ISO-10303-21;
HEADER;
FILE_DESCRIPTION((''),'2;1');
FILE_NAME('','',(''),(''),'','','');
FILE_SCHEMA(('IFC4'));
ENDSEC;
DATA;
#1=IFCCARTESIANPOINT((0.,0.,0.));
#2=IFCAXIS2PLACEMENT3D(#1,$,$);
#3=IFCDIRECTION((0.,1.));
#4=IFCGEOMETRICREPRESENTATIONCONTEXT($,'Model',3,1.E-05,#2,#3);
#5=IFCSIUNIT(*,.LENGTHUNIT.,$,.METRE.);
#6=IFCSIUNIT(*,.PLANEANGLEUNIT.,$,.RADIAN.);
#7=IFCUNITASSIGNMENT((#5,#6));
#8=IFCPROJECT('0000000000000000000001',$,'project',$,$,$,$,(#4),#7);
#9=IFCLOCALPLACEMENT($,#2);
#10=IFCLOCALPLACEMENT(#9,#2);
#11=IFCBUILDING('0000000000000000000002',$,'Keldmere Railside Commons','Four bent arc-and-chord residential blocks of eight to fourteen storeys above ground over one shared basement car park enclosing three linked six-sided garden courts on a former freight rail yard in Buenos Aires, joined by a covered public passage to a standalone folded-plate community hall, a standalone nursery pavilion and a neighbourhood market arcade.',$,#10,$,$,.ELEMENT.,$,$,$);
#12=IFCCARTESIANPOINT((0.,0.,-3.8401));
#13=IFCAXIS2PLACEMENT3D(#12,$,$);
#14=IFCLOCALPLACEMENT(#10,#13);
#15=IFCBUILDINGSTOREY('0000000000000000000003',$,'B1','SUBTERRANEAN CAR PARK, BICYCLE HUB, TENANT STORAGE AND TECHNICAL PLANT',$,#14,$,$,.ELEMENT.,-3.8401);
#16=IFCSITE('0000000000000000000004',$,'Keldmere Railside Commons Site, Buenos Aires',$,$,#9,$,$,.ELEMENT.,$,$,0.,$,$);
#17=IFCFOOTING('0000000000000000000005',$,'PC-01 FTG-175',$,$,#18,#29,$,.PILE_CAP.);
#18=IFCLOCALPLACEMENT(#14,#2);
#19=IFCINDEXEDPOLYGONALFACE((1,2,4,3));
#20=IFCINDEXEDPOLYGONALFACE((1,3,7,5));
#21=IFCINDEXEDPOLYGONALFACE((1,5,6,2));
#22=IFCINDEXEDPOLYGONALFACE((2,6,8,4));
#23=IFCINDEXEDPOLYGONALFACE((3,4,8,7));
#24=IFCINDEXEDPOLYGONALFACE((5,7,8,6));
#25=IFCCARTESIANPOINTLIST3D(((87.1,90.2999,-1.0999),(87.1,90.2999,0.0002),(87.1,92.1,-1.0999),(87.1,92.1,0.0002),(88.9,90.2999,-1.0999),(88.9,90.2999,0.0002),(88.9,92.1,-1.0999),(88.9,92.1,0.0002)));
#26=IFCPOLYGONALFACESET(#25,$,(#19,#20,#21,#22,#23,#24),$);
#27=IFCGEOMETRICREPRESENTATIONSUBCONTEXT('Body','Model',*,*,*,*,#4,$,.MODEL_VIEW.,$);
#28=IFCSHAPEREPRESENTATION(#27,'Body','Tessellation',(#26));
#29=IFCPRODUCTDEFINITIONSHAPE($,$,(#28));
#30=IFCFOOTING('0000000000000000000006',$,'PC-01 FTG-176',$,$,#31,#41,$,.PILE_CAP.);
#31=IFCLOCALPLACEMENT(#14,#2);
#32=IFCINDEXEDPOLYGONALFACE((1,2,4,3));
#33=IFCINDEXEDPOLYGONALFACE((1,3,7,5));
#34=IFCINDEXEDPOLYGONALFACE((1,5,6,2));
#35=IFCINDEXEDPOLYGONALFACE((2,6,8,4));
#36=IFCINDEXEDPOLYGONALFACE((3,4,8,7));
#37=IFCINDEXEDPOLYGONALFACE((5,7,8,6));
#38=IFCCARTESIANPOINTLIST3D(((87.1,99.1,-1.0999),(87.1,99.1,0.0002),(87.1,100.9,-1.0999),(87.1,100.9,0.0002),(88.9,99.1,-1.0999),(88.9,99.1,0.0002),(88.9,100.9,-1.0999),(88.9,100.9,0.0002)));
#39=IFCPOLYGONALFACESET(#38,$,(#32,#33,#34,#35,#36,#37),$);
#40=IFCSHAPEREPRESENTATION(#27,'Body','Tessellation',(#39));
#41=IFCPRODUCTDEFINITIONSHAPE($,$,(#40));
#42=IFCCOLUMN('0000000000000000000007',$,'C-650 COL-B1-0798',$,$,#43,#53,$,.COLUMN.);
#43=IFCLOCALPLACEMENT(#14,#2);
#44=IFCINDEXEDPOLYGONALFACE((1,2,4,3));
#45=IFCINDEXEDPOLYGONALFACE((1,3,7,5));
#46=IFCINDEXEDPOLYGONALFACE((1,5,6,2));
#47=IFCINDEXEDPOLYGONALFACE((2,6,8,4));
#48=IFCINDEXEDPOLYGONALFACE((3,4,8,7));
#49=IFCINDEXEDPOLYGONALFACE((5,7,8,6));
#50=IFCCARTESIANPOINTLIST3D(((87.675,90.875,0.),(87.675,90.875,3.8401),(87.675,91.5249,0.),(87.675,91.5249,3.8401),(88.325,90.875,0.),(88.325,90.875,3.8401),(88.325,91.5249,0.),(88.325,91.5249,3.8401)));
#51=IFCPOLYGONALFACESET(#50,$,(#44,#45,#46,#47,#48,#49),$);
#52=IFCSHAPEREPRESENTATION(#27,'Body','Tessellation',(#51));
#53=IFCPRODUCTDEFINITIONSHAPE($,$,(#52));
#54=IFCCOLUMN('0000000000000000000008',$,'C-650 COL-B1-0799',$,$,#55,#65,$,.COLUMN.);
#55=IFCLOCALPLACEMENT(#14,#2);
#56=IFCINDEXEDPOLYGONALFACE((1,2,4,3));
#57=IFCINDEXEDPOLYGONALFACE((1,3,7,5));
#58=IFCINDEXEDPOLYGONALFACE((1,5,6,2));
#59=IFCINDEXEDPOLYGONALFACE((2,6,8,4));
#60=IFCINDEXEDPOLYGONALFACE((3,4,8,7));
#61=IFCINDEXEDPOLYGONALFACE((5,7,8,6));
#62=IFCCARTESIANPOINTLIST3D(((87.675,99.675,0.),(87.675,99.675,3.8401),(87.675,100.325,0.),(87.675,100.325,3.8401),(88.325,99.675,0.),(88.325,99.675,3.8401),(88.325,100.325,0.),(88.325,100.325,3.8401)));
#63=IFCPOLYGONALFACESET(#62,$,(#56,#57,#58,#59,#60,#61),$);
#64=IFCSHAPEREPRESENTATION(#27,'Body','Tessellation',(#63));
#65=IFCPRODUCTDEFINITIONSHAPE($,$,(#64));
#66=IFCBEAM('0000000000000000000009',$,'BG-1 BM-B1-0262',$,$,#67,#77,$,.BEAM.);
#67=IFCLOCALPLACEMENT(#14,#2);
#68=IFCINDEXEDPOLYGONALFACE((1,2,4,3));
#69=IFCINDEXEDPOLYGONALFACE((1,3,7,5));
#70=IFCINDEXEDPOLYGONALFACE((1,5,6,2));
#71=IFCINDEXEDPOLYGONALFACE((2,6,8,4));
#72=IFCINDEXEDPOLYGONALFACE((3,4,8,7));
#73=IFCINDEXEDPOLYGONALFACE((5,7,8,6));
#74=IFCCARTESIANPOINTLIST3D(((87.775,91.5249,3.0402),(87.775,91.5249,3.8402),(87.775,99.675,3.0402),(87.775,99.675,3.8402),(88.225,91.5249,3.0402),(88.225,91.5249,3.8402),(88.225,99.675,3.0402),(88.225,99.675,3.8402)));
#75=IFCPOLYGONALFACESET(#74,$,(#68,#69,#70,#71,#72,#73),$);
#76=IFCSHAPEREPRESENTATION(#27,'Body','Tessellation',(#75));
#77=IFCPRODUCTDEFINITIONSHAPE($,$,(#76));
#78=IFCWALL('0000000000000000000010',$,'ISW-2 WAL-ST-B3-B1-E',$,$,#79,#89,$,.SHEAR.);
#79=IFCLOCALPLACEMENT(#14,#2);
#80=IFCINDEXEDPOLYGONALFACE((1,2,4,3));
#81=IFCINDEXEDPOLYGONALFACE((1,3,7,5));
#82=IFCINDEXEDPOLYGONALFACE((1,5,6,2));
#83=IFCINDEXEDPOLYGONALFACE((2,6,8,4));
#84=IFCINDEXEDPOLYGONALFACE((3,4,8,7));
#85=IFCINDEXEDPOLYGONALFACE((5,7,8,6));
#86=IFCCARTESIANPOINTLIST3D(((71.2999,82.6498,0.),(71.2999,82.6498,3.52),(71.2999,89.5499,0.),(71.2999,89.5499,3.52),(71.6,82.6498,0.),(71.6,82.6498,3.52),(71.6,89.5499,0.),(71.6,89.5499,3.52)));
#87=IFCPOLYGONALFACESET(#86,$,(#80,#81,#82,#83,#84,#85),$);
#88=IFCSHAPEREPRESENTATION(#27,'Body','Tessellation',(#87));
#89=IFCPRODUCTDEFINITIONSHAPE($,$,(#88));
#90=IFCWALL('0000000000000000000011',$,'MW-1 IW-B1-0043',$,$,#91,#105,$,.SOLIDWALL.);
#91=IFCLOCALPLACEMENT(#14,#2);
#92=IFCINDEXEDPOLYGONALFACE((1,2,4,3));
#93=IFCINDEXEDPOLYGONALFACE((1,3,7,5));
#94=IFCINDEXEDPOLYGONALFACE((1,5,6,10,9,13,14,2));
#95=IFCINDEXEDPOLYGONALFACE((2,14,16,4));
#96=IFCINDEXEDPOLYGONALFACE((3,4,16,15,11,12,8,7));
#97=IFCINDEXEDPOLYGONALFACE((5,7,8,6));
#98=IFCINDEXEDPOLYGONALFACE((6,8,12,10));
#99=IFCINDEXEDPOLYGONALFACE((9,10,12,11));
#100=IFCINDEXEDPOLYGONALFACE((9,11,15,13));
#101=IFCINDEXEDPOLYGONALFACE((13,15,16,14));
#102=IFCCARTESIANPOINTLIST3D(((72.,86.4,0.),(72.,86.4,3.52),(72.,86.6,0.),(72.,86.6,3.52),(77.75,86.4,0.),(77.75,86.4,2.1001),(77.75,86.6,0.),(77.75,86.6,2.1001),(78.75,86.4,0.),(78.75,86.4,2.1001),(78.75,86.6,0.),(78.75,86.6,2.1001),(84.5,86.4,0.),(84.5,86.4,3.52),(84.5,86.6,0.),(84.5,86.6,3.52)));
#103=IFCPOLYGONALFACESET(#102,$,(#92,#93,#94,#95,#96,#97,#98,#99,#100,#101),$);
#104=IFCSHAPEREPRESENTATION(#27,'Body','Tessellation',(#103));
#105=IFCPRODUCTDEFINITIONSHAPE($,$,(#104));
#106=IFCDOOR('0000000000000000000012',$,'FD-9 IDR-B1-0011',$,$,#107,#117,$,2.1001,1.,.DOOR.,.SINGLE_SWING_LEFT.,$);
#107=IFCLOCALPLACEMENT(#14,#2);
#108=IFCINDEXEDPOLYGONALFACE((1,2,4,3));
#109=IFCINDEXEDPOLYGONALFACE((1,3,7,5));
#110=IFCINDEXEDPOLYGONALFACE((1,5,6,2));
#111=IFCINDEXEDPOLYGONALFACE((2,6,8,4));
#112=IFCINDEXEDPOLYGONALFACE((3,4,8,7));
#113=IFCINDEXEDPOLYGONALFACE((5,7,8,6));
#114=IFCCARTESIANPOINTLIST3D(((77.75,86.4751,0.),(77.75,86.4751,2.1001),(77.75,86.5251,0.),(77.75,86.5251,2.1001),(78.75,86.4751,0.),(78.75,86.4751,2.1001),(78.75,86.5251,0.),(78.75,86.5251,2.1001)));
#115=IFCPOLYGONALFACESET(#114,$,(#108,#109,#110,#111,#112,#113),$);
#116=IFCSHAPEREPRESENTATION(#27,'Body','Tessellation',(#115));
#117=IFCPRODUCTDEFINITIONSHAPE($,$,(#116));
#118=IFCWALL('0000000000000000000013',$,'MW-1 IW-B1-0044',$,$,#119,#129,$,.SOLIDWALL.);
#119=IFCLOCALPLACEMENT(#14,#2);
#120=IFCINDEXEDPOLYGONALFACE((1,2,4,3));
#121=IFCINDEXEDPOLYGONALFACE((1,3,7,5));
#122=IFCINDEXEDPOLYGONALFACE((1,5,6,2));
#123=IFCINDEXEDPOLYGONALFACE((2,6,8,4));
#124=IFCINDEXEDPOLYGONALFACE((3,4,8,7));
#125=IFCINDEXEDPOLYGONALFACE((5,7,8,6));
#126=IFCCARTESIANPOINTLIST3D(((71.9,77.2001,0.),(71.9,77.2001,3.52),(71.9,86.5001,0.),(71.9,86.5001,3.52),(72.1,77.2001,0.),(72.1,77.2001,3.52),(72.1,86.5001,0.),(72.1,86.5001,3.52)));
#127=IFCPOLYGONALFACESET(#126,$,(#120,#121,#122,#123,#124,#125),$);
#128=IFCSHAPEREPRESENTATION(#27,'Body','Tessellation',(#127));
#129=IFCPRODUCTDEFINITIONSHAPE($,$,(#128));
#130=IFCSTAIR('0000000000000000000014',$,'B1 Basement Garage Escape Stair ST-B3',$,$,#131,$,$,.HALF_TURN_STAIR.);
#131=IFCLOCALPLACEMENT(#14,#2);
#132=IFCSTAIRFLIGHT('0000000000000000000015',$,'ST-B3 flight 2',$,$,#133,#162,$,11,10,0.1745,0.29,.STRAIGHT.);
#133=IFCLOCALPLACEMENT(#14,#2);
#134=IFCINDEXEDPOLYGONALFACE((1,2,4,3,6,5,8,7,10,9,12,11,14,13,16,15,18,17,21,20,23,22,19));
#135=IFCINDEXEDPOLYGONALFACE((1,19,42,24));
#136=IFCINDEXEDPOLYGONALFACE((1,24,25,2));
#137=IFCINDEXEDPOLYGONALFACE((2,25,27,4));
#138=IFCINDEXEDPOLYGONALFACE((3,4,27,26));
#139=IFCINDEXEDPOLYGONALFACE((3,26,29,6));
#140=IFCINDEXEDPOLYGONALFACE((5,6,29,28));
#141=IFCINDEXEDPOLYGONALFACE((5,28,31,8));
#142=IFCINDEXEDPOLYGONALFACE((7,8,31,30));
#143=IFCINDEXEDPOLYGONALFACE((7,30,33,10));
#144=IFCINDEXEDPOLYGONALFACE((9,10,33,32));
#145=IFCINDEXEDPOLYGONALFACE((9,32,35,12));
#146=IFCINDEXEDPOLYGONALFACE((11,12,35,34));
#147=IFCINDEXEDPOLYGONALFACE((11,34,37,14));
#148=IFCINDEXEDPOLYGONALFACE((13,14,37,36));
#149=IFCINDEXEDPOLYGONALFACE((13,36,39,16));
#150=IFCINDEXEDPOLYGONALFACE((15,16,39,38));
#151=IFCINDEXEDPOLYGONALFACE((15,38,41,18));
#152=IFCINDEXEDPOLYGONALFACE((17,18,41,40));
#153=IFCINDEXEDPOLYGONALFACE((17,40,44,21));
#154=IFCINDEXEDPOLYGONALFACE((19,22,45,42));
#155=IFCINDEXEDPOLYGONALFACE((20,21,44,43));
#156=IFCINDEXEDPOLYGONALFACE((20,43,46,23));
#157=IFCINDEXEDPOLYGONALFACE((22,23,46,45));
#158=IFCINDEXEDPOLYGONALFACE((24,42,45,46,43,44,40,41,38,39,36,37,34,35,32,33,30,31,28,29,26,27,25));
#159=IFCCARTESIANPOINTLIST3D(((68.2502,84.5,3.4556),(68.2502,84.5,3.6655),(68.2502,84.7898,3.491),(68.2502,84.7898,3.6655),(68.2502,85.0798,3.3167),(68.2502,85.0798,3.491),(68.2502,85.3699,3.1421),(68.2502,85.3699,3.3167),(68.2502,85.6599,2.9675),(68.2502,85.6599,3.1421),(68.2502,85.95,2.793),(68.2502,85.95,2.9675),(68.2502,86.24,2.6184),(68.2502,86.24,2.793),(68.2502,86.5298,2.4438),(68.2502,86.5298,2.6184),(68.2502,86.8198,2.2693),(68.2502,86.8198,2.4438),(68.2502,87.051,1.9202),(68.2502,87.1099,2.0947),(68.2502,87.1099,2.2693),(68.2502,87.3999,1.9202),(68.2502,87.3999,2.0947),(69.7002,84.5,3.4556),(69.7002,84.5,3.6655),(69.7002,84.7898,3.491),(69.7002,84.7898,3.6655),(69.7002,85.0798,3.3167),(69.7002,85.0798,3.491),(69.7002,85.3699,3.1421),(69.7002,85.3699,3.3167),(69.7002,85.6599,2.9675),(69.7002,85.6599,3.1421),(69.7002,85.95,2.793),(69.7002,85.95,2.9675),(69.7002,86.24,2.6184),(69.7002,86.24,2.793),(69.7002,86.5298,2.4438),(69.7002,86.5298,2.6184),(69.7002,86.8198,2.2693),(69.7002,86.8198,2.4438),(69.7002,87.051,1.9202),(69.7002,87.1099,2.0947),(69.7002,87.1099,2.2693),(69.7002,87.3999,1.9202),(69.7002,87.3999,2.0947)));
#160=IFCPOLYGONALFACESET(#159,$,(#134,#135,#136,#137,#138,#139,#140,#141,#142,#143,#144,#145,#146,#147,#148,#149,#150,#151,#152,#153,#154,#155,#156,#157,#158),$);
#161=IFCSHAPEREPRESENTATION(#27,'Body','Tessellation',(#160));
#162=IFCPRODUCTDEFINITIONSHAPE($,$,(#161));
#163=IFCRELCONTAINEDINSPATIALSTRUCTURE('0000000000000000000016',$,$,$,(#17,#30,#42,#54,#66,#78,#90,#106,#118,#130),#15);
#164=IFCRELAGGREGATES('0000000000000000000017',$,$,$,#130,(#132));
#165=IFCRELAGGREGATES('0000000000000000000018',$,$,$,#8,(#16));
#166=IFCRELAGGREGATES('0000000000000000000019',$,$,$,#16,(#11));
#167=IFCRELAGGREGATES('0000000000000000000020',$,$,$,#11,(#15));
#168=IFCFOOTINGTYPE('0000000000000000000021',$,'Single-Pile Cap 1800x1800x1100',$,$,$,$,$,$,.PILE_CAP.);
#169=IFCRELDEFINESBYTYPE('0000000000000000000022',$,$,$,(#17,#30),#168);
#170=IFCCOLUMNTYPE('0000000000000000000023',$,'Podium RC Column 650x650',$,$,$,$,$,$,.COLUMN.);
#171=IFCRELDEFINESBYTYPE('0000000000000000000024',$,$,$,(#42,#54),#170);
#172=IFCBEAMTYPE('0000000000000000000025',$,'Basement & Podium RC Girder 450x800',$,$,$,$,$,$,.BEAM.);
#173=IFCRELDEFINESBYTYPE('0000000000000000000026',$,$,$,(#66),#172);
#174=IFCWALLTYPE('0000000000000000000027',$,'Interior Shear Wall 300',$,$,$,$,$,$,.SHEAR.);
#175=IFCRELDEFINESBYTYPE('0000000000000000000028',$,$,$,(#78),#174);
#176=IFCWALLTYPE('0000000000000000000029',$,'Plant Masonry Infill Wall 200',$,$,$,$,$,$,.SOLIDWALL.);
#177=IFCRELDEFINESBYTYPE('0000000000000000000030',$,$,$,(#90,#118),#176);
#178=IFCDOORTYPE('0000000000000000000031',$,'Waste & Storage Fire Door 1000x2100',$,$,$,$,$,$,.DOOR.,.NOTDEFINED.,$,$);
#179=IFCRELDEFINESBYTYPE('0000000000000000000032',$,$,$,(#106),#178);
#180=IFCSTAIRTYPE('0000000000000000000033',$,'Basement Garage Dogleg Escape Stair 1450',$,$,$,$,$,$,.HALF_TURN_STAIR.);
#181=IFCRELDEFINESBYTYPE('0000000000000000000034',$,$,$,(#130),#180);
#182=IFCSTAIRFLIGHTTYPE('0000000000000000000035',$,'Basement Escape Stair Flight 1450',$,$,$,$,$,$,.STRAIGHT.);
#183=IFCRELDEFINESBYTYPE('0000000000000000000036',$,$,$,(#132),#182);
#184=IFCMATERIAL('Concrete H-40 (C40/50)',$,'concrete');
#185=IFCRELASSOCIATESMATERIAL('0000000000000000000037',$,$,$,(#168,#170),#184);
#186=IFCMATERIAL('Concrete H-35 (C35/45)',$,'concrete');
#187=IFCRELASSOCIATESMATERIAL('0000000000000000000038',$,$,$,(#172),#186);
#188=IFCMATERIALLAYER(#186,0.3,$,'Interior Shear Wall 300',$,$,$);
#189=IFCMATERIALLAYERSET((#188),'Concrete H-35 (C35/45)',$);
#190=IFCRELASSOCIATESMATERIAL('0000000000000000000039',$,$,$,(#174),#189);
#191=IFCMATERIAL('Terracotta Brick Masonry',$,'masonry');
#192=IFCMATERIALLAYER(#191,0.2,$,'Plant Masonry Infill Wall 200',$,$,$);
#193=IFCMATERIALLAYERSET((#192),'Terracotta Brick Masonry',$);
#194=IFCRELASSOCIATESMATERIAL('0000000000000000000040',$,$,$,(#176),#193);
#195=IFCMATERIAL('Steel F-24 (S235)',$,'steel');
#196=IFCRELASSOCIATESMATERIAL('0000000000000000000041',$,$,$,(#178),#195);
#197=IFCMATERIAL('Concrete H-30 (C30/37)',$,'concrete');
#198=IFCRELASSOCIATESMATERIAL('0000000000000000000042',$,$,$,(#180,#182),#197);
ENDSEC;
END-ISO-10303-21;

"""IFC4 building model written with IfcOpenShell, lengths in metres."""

from ifc_helpers import new_model, si_unit, direction, frame, frame_2d, origin, origin_2d, place, context, subcontext, project, spatial, polyline, rectangle, outline, extrude, material, layer, layer_set, material_profile, profile_set, type_object, element, fill, aggregate, save


model = new_model("IFC4")

# Units and contexts
model_context = context("Model", 3, precision=1e-05, world=origin(), true_north=direction((0.0, 1.0)))
body_context = subcontext(model_context, "Body", "Model", "MODEL_VIEW")
ifc_project = project(units=[si_unit("LENGTHUNIT", "METRE"), si_unit("PLANEANGLEUNIT", "RADIAN")], contexts=[model_context])

# Site, building, storey
site_placement = place(None, origin())
site = spatial("IfcSite", under=ifc_project, at=site_placement, Name="Keldmere Railside Commons Site, Buenos Aires", CompositionType="ELEMENT", RefElevation=0.0)
building_placement = place(site_placement, origin())
building = spatial("IfcBuilding", under=site, at=building_placement, Name="Keldmere Railside Commons", Description="Four bent arc-and-chord residential blocks of eight to fourteen storeys above ground over one shared basement car park enclosing three linked six-sided garden courts on a former freight rail yard in Buenos Aires, joined by a covered public passage to a standalone folded-plate community hall, a standalone nursery pavilion and a neighbourhood market arcade.", CompositionType="ELEMENT")
storey_placement = place(building_placement, frame((0.0, 0.0, -3.8401)))
storey = spatial("IfcBuildingStorey", under=building, at=storey_placement, Name="B1", Description="SUBTERRANEAN CAR PARK, BICYCLE HUB, TENANT STORAGE AND TECHNICAL PLANT", CompositionType="ELEMENT", Elevation=-3.8401)

# Shared definitions
ifc_material_1 = material(Name="Concrete H-30 (C30/37)", Category="concrete")

# Footings
ifc_material_2 = material(Name="Concrete H-40 (C40/50)", Category="concrete")
footing_type_1 = type_object("IfcFootingType", Name="Single-Pile Cap 1800x1800x1100", PredefinedType="PILE_CAP", material=ifc_material_2)
for number, where, z_axis, x_axis, name in (
    (1, (88.0, 91.2, -1.0999), (0.0, 0.0, 1.0), (1.0, 0.0, 0.0), "PC-01 FTG-175"),
    (2, (88.0, 100.0, -1.0999), (0.0, 0.0, 1.0), (1.0, 0.0, 0.0), "PC-01 FTG-176"),
):
    element("IfcFooting", number, at=place(storey_placement, frame(where, z_axis=z_axis, x_axis=x_axis)), inside=storey, type_object=footing_type_1, Name=name, PredefinedType="PILE_CAP", context=body_context, shape_type="SweptSolid", body=[
        extrude(rectangle(XDim=1.8, YDim=1.8, at=origin_2d()), origin(), (0.0, 0.0, 1.0), 1.1001),
    ])

# Columns
ifc_material_profile_1 = material_profile(ifc_material_2, rectangle(XDim=0.6499, YDim=0.6499, at=origin_2d()), Name="RC-650x650")
ifc_profile_set_1 = profile_set([ifc_material_profile_1], Name="Concrete H-40 (C40/50)")
column_type = type_object("IfcColumnType", Name="Podium RC Column 650x650", PredefinedType="COLUMN", material=ifc_profile_set_1)
for number, where, z_axis, x_axis, name in (
    (3, (88.0, 91.2, 0.0), (0.0, 0.0, 1.0), (1.0, 0.0, 0.0), "C-650 COL-B1-0798"),
    (4, (88.0, 100.0, 0.0), (0.0, 0.0, 1.0), (1.0, 0.0, 0.0), "C-650 COL-B1-0799"),
):
    element("IfcColumn", number, at=place(storey_placement, frame(where, z_axis=z_axis, x_axis=x_axis)), inside=storey, type_object=column_type, Name=name, PredefinedType="COLUMN", context=body_context, shape_type="SweptSolid", body=[
        extrude(rectangle(XDim=0.6499, YDim=0.6499, at=origin_2d()), origin(), (0.0, 0.0, 1.0), 3.8401),
    ])

# Beam
ifc_material_3 = material(Name="Concrete H-35 (C35/45)", Category="concrete")
ifc_material_profile_2 = material_profile(ifc_material_3, rectangle(XDim=0.45, YDim=0.8, at=origin_2d()), Name="RC-450x800")
ifc_profile_set_2 = profile_set([ifc_material_profile_2], Name="Concrete H-35 (C35/45)")
beam_type = type_object("IfcBeamType", Name="Basement & Podium RC Girder 450x800", PredefinedType="BEAM", material=ifc_profile_set_2)
beam_placement = place(storey_placement, frame((88.0, 91.5249, 3.4402), z_axis=(0.0, 1.0, 0.0), x_axis=(-1.0, 0.0, 0.0)))
element("IfcBeam", 5, at=beam_placement, inside=storey, type_object=beam_type, Name="BG-1 BM-B1-0262", PredefinedType="BEAM", context=body_context, shape_type="SweptSolid", body=[
    extrude(rectangle(XDim=0.45, YDim=0.8, at=origin_2d()), origin(), (0.0, 0.0, 1.0), 8.1501),
])

# Wall
ifc_layer_1 = layer(ifc_material_3, 0.3, Name="Interior Shear Wall 300")
ifc_layer_set_1 = layer_set([ifc_layer_1], Name="Concrete H-35 (C35/45)")
wall_type_1 = type_object("IfcWallType", Name="Interior Shear Wall 300", PredefinedType="SHEAR", material=ifc_layer_set_1)
wall_1_placement = place(storey_placement, frame((71.45, 89.55, 0.0), z_axis=(0.0, 0.0, 1.0), x_axis=(0.0, -1.0, 0.0)))
element("IfcWall", 6, at=wall_1_placement, inside=storey, type_object=wall_type_1, Name="ISW-2 WAL-ST-B3-B1-E", PredefinedType="SHEAR", context=body_context, shape_type="SweptSolid", body=[
    extrude(rectangle(XDim=6.9001, YDim=0.3, at=frame_2d((3.4502, 0.0))), origin(), (0.0, 0.0, 1.0), 3.52),
])

# Wall, opening, door
ifc_material_4 = material(Name="Terracotta Brick Masonry", Category="masonry")
ifc_layer_2 = layer(ifc_material_4, 0.2, Name="Plant Masonry Infill Wall 200")
ifc_layer_set_2 = layer_set([ifc_layer_2], Name="Terracotta Brick Masonry")
wall_type_2 = type_object("IfcWallType", Name="Plant Masonry Infill Wall 200", PredefinedType="SOLIDWALL", material=ifc_layer_set_2)
wall_2_placement = place(storey_placement, frame((84.5, 86.5, 0.0), z_axis=(0.0, 0.0, 1.0), x_axis=(-1.0, 0.0, 0.0)))
wall_2 = element("IfcWall", 7, at=wall_2_placement, inside=storey, type_object=wall_type_2, Name="MW-1 IW-B1-0043", PredefinedType="SOLIDWALL", context=body_context, shape_type="SweptSolid", body=[
    extrude(rectangle(XDim=12.5, YDim=0.2, at=frame_2d((6.25, 0.0))), origin(), (0.0, 0.0, 1.0), 3.52),
])
opening_placement = place(wall_2_placement, frame((5.75, 0.0, 0.0)))
opening = element("IfcOpeningElement", 8, at=opening_placement, cuts=wall_2, PredefinedType="OPENING", context=body_context, shape_type="SweptSolid", body=[
    extrude(rectangle(XDim=1.0, YDim=2.1001, at=frame_2d((0.5, 1.05))), frame((0.0, 0.1099, 0.0), z_axis=(0.0, -1.0, 0.0), x_axis=(1.0, 0.0, 0.0)), (0.0, 0.0, 1.0), 0.22),
])
ifc_material_5 = material(Name="Steel F-24 (S235)", Category="steel")
door_type = type_object("IfcDoorType", Name="Waste & Storage Fire Door 1000x2100", OperationType="NOTDEFINED", PredefinedType="DOOR", material=ifc_material_5)
door_placement = place(opening_placement, origin())
door = element("IfcDoor", 9, at=door_placement, inside=storey, type_object=door_type, Name="FD-9 IDR-B1-0011", OperationType="SINGLE_SWING_LEFT", OverallHeight=2.1001, OverallWidth=1.0, PredefinedType="DOOR", context=body_context, shape_type="SweptSolid", body=[
    extrude(rectangle(XDim=1.0, YDim=2.1001, at=frame_2d((0.5, 1.05))), frame((0.0, 0.0249, 0.0), z_axis=(0.0, -1.0, 0.0), x_axis=(1.0, 0.0, 0.0)), (0.0, 0.0, 1.0), 0.05),
])
fill(opening, door)

# Wall
wall_3_placement = place(storey_placement, frame((72.0, 86.5, 0.0), z_axis=(0.0, 0.0, 1.0), x_axis=(0.0, -1.0, 0.0)))
element("IfcWall", 10, at=wall_3_placement, inside=storey, type_object=wall_type_2, Name="MW-1 IW-B1-0044", PredefinedType="SOLIDWALL", context=body_context, shape_type="SweptSolid", body=[
    extrude(rectangle(XDim=9.3, YDim=0.2, at=frame_2d((4.6499, 0.0))), origin(), (0.0, 0.0, 1.0), 3.52),
])

# Stair, stair flight
stair_type = type_object("IfcStairType", Name="Basement Garage Dogleg Escape Stair 1450", PredefinedType="HALF_TURN_STAIR", material=ifc_material_1)
stair_placement = place(storey_placement, origin())
stair = element("IfcStair", 11, at=stair_placement, inside=storey, type_object=stair_type, Name="B1 Basement Garage Escape Stair ST-B3", PredefinedType="HALF_TURN_STAIR")
stair_flight_type = type_object("IfcStairFlightType", Name="Basement Escape Stair Flight 1450", PredefinedType="STRAIGHT", material=ifc_material_1)
stair_flight_placement = place(storey_placement, frame((68.9751, 87.3999, 1.9202), z_axis=(0.0, 0.0, 1.0), x_axis=(0.0, -1.0, 0.0)))
stair_flight = element("IfcStairFlight", 12, at=stair_flight_placement, type_object=stair_flight_type, Name="ST-B3 flight 2", NumberOfRisers=11, NumberOfTreads=10, PredefinedType="STRAIGHT", RiserHeight=0.1745, TreadLength=0.29, context=body_context, shape_type="SweptSolid", body=[
    extrude(outline(polyline([(0.0, 0.0), (0.0, 0.1746), (0.29, 0.1746), (0.29, 0.3491), (0.5801, 0.3491), (0.5801, 0.5237), (0.8701, 0.5237), (0.8701, 0.6982), (1.1599, 0.6982), (1.1599, 0.8728), (1.45, 0.8728), (1.45, 1.0474), (1.74, 1.0474), (1.74, 1.2219), (2.03, 1.2219), (2.03, 1.3965), (2.3201, 1.3965), (2.3201, 1.5708), (2.6101, 1.5708), (2.6101, 1.7454), (2.8999, 1.7454), (2.8999, 1.9199), (2.8999, 1.5354), (0.3489, 0.0), (0.0, 0.0)])), frame((0.0, 0.7251, 0.0), z_axis=(0.0, -1.0, 0.0), x_axis=(1.0, 0.0, 0.0)), (0.0, 0.0, 1.0), 1.45),
])
aggregate(stair, [stair_flight])

save(model, "model.ifc")
